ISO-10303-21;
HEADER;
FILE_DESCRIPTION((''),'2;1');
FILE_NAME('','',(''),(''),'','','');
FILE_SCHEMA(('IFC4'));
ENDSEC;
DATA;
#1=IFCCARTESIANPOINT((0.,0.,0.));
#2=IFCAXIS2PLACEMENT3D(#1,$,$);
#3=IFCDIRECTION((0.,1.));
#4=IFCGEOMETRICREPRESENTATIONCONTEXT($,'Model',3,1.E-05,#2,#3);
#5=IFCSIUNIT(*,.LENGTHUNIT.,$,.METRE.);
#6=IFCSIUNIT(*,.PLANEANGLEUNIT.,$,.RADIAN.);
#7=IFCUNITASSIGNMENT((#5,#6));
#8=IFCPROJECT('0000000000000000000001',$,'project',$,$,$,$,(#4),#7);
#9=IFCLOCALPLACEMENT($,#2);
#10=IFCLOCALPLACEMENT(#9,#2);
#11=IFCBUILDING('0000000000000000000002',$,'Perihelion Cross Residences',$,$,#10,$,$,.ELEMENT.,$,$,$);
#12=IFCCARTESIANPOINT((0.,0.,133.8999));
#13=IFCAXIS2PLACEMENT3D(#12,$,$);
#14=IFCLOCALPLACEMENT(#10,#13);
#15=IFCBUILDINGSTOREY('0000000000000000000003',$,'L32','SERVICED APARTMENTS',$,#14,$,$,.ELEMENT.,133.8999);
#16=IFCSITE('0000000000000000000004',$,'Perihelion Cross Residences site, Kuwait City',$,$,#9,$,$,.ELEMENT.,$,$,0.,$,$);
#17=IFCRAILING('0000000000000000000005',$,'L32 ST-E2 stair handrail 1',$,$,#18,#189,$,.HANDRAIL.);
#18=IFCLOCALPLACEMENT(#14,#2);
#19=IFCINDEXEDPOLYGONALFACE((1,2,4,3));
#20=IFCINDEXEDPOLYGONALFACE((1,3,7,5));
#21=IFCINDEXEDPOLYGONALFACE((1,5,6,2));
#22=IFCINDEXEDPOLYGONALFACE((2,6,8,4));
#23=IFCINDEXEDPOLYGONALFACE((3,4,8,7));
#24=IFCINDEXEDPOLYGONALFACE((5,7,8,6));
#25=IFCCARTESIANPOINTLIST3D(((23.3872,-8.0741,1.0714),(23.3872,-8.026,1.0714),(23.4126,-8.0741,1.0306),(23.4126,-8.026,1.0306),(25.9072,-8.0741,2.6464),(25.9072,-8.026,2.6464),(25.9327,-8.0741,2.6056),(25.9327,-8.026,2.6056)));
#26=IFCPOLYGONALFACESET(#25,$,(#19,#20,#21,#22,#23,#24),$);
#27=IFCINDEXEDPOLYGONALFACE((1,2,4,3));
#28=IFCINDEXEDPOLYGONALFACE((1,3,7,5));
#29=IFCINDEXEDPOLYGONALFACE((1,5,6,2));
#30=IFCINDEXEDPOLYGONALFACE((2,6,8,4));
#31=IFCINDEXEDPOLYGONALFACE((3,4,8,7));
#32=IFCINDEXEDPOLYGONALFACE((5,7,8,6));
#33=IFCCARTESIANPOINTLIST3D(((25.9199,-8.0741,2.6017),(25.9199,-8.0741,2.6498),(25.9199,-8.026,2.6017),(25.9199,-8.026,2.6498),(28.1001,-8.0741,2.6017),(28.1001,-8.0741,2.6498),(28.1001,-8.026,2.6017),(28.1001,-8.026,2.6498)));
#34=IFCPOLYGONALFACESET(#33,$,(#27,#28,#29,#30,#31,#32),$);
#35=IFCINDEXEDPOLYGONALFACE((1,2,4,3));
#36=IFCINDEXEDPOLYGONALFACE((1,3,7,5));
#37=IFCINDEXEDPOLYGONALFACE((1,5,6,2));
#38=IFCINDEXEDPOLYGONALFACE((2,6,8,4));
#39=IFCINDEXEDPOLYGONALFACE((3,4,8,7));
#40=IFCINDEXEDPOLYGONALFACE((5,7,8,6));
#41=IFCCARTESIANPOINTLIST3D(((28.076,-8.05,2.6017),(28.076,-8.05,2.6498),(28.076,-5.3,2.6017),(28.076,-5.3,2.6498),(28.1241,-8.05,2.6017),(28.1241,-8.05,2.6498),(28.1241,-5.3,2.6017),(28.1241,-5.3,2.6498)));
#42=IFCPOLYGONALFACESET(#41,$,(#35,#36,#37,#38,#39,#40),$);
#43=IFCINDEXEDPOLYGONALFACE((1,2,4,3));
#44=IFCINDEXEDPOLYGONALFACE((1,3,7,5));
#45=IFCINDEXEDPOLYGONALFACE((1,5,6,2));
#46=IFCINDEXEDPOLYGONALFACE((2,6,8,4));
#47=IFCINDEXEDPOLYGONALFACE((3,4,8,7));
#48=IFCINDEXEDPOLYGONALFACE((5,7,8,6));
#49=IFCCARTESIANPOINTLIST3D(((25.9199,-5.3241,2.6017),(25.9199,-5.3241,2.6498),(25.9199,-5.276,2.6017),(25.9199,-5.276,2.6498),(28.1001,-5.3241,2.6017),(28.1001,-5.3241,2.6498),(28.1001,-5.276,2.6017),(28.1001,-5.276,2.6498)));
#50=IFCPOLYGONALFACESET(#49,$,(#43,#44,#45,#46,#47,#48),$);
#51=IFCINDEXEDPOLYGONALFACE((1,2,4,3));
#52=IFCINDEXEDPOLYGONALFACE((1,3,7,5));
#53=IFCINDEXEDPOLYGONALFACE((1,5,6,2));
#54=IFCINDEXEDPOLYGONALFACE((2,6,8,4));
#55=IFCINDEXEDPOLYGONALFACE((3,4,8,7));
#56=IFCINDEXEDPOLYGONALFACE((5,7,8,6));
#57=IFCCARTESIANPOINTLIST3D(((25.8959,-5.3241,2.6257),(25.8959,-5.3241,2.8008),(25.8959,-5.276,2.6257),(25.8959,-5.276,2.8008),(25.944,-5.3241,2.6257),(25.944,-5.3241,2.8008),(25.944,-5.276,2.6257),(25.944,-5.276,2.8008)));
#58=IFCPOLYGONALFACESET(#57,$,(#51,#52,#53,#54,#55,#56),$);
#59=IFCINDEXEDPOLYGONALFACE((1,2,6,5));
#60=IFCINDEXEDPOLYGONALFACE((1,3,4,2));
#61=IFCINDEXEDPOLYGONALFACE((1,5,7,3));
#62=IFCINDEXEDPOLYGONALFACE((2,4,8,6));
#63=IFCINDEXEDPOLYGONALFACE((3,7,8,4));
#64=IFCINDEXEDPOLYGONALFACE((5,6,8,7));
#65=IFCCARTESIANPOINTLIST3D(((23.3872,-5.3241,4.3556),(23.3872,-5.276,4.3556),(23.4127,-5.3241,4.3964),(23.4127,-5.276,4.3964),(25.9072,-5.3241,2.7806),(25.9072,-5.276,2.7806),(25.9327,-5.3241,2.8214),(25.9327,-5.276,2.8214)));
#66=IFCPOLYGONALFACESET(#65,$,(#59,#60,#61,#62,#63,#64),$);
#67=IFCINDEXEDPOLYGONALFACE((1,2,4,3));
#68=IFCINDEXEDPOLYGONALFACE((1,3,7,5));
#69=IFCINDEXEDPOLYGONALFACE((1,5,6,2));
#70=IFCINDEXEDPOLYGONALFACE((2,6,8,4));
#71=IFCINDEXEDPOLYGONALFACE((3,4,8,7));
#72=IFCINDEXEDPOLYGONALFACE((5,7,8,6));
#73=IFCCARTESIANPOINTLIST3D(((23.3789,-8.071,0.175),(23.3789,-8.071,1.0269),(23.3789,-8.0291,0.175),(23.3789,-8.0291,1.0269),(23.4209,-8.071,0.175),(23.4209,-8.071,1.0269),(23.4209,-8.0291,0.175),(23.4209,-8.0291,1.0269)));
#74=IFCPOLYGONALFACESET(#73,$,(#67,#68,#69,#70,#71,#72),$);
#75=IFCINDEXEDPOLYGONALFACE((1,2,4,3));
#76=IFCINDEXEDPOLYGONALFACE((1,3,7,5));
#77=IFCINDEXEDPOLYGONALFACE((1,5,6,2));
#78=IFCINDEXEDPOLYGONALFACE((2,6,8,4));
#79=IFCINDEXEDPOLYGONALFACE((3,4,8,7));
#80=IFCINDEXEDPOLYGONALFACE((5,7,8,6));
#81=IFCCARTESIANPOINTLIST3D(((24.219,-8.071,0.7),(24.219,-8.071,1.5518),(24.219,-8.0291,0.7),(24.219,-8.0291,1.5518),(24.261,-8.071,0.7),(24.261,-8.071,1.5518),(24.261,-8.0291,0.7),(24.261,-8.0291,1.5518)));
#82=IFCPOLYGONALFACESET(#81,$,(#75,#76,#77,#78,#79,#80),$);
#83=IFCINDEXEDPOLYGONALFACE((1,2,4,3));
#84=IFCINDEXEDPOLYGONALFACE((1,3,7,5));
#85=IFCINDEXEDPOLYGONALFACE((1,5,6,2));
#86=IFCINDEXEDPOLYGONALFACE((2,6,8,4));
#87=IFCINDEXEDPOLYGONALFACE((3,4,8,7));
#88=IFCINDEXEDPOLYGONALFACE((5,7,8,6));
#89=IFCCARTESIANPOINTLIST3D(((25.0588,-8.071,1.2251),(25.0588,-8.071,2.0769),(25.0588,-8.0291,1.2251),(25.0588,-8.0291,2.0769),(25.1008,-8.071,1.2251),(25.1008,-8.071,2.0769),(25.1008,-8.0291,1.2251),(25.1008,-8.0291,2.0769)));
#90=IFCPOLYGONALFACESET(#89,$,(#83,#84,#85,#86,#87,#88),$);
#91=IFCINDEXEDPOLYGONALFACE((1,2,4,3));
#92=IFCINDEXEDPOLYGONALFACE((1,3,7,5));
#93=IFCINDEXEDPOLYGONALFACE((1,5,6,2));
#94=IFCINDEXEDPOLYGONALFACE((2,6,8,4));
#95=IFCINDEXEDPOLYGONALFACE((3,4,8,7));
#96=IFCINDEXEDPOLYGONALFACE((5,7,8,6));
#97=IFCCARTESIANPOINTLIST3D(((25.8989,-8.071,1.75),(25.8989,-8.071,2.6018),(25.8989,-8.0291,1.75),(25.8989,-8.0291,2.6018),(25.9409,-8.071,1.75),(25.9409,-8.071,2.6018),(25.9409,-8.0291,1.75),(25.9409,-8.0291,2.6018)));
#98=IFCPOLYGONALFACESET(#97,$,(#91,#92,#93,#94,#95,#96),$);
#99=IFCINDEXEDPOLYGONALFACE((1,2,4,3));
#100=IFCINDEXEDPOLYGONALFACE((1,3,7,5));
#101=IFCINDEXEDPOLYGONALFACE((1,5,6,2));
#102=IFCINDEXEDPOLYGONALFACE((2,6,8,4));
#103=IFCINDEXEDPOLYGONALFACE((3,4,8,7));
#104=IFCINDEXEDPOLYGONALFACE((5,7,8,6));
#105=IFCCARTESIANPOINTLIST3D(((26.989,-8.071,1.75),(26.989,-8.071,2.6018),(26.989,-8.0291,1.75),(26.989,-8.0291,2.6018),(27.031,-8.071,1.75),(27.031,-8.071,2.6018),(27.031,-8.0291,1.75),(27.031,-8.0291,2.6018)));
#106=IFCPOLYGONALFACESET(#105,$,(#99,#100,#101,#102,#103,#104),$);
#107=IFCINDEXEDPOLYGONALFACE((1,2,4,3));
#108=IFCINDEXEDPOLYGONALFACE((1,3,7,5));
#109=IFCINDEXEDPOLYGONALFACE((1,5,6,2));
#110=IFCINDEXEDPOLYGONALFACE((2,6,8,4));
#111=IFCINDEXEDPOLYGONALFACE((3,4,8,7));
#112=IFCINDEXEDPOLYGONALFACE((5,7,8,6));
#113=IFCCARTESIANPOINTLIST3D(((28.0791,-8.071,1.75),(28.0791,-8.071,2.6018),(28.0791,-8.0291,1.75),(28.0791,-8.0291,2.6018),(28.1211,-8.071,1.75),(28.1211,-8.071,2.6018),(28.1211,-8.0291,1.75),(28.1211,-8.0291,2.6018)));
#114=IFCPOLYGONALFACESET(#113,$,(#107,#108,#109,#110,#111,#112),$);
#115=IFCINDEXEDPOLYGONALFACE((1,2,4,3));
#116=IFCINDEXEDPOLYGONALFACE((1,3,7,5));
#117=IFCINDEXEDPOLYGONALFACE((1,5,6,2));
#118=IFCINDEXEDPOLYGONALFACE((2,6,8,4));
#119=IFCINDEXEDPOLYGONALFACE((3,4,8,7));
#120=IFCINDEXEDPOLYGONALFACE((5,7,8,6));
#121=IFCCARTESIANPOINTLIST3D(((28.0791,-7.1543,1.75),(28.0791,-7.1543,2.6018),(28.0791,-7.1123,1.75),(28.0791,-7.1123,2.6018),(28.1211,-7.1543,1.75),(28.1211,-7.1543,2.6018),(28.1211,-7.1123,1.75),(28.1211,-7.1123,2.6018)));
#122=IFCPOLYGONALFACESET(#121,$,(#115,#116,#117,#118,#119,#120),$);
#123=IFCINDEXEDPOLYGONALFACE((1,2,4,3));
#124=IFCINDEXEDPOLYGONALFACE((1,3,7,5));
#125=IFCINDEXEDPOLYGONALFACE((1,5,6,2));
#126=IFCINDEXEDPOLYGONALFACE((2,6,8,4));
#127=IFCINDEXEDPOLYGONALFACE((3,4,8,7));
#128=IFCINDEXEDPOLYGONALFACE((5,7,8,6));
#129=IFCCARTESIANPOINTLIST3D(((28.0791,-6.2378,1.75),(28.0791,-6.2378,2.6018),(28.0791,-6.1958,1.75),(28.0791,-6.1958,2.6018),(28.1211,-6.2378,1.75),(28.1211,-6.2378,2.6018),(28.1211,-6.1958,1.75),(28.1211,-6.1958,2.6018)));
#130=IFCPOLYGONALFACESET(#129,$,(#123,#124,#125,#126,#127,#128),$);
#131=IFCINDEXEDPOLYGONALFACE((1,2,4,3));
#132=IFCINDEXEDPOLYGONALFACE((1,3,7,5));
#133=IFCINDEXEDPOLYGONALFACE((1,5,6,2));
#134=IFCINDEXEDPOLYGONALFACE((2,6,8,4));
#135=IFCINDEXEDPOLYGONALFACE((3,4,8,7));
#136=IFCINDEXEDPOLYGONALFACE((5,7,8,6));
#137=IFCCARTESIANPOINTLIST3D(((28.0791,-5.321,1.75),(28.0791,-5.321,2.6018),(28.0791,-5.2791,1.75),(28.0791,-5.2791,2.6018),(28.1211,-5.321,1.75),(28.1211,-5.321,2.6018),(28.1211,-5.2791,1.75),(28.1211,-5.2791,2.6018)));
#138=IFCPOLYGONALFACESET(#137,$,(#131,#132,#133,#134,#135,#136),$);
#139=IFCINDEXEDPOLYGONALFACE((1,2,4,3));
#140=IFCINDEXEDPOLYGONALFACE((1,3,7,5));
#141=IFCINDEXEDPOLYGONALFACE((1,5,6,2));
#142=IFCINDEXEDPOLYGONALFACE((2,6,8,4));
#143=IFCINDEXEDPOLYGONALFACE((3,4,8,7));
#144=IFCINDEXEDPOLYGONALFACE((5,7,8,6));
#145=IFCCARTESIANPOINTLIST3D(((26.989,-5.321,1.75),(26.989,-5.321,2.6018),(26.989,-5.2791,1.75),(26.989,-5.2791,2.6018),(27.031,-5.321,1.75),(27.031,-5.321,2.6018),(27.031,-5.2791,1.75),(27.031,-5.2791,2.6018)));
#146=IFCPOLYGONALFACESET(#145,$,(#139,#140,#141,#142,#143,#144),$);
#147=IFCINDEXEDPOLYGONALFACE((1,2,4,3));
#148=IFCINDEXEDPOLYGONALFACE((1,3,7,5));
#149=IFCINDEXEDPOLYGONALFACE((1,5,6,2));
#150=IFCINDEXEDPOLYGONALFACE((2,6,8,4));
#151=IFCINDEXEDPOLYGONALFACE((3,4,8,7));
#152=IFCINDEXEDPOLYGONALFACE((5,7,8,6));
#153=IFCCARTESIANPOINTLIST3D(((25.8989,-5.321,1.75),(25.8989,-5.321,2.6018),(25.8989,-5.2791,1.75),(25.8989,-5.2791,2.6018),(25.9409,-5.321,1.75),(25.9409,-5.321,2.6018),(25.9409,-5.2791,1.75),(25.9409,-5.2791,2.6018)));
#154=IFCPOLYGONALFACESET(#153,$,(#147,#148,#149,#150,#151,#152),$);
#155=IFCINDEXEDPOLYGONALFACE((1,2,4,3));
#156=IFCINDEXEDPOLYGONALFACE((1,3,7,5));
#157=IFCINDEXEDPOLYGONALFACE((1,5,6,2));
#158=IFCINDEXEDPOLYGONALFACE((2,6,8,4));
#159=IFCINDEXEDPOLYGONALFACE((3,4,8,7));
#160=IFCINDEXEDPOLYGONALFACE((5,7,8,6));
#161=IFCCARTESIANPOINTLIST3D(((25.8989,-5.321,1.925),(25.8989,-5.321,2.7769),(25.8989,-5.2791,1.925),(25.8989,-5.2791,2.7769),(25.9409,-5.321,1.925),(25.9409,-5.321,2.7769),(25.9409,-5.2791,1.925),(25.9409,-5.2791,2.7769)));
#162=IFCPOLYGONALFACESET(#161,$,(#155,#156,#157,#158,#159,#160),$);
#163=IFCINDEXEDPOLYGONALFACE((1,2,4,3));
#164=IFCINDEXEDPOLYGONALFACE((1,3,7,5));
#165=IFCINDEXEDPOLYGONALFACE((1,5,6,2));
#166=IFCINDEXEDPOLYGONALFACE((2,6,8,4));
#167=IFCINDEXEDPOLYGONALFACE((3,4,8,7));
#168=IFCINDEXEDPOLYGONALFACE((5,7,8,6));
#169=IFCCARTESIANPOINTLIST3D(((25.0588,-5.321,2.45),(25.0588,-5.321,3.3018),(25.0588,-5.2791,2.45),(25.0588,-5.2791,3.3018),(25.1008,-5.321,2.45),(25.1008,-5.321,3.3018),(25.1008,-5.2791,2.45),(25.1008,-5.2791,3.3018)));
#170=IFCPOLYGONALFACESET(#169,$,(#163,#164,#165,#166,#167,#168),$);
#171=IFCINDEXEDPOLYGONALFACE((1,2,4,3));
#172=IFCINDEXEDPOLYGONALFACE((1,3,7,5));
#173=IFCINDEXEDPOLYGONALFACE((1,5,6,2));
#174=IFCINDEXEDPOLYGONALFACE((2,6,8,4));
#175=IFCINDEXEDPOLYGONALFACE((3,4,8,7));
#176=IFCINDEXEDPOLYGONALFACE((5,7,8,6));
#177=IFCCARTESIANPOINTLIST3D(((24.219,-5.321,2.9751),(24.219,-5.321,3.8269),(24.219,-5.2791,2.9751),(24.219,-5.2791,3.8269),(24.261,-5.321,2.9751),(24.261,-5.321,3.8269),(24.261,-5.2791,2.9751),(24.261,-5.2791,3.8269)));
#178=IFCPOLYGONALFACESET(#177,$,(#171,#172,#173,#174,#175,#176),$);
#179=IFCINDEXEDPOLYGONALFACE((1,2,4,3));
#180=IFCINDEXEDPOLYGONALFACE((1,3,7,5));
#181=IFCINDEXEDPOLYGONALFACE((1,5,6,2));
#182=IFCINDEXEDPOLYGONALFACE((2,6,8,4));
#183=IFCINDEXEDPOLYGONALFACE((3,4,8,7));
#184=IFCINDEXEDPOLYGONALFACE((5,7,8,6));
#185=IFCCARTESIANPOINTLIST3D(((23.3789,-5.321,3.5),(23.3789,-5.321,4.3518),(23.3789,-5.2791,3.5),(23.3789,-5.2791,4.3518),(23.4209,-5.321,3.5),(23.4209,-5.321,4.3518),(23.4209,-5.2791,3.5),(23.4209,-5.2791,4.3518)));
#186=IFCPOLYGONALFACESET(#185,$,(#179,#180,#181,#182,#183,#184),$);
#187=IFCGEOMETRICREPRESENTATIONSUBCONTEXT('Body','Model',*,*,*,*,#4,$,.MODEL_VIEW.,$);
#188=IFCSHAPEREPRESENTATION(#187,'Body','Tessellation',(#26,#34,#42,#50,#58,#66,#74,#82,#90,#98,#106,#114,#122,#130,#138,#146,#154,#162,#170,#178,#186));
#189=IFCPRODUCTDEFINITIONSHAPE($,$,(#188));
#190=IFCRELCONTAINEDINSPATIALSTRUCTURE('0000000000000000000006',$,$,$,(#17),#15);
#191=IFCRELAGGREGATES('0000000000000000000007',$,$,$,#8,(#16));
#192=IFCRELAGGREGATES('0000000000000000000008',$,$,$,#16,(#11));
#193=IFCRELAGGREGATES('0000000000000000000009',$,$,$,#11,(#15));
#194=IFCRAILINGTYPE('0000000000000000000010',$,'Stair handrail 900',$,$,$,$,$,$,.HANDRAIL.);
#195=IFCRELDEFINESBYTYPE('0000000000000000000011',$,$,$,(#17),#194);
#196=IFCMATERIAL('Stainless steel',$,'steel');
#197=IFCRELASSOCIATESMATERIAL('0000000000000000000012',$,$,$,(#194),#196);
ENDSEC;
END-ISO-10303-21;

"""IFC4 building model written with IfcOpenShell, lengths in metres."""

from ifc_helpers import new_model, si_unit, direction, frame, origin, origin_2d, place, context, subcontext, project, spatial, rectangle, extrude, material, type_object, element, save


model = new_model("IFC4")

# Units and contexts
model_context = context("Model", 3, precision=1e-05, world=origin(), true_north=direction((0.0, 1.0)))
body_context = subcontext(model_context, "Body", "Model", "MODEL_VIEW")
ifc_project = project(units=[si_unit("LENGTHUNIT", "METRE"), si_unit("PLANEANGLEUNIT", "RADIAN")], contexts=[model_context])

# Site, building, storey
site_placement = place(None, origin())
site = spatial("IfcSite", under=ifc_project, at=site_placement, Name="Perihelion Cross Residences site, Kuwait City", CompositionType="ELEMENT", RefElevation=0.0)
building_placement = place(site_placement, origin())
building = spatial("IfcBuilding", under=site, at=building_placement, Name="Perihelion Cross Residences", CompositionType="ELEMENT")
storey_placement = place(building_placement, frame((0.0, 0.0, 133.8999)))
storey = spatial("IfcBuildingStorey", under=building, at=storey_placement, Name="L32", Description="SERVICED APARTMENTS", CompositionType="ELEMENT", Elevation=133.8999)

# Railing
ifc_material_1 = material(Name="Stainless steel", Category="steel")
railing_type_1 = type_object("IfcRailingType", Name="Stair handrail 900", PredefinedType="HANDRAIL", material=ifc_material_1)
railing_1_placement = place(storey_placement, frame((23.3999, -8.05, 0.175)))
element("IfcRailing", 1, at=railing_1_placement, inside=storey, type_object=railing_type_1, Name="L32 ST-E2 stair handrail 1", PredefinedType="HANDRAIL", context=body_context, shape_type="SweptSolid", body=[
    extrude(rectangle(XDim=0.0481, YDim=0.0481, at=origin_2d()), frame((0.0, 0.0, 0.876), z_axis=(0.848008, 0.0, 0.529984), x_axis=(0.0, 1.0, 0.0)), (0.0, 0.0, 1.0), 2.9717),
    extrude(rectangle(XDim=0.0481, YDim=0.0481, at=origin_2d()), frame((2.52, 0.0, 2.4507), z_axis=(1.0, 0.0, 0.0), x_axis=(0.0, 1.0, 0.0)), (0.0, 0.0, 1.0), 2.1802),
    extrude(rectangle(XDim=0.0481, YDim=0.0481, at=origin_2d()), frame((4.7002, 0.0, 2.4507), z_axis=(0.0, 1.0, 0.0), x_axis=(-1.0, 0.0, 0.0)), (0.0, 0.0, 1.0), 2.75),
    extrude(rectangle(XDim=0.0481, YDim=0.0481, at=origin_2d()), frame((4.7002, 2.75, 2.4507), z_axis=(-1.0, 0.0, 0.0), x_axis=(0.0, -1.0, 0.0)), (0.0, 0.0, 1.0), 2.1802),
    extrude(rectangle(XDim=0.0481, YDim=0.0481, at=origin_2d()), frame((2.52, 2.75, 2.4507), z_axis=(0.0, 0.0, 1.0), x_axis=(1.0, 0.0, 0.0)), (0.0, 0.0, 1.0), 0.175),
    extrude(rectangle(XDim=0.0481, YDim=0.0481, at=origin_2d()), frame((2.52, 2.75, 2.626), z_axis=(-0.848008, 0.0, 0.529984), x_axis=(0.0, -1.0, 0.0)), (0.0, 0.0, 1.0), 2.9717),
    extrude(rectangle(XDim=0.042, YDim=0.042, at=origin_2d()), origin(), (0.0, 0.0, 1.0), 0.8518),
    extrude(rectangle(XDim=0.042, YDim=0.042, at=origin_2d()), frame((0.8401, 0.0, 0.5249)), (0.0, 0.0, 1.0), 0.8518),
    extrude(rectangle(XDim=0.042, YDim=0.042, at=origin_2d()), frame((1.6799, 0.0, 1.05)), (0.0, 0.0, 1.0), 0.8518),
    extrude(rectangle(XDim=0.042, YDim=0.042, at=origin_2d()), frame((2.52, 0.0, 1.575)), (0.0, 0.0, 1.0), 0.8518),
    extrude(rectangle(XDim=0.042, YDim=0.042, at=origin_2d()), frame((3.6101, 0.0, 1.575)), (0.0, 0.0, 1.0), 0.8518),
    extrude(rectangle(XDim=0.042, YDim=0.042, at=origin_2d()), frame((4.7002, 0.0, 1.575)), (0.0, 0.0, 1.0), 0.8518),
    extrude(rectangle(XDim=0.042, YDim=0.042, at=origin_2d()), frame((4.7002, 0.9167, 1.575)), (0.0, 0.0, 1.0), 0.8518),
    extrude(rectangle(XDim=0.042, YDim=0.042, at=origin_2d()), frame((4.7002, 1.8333, 1.575)), (0.0, 0.0, 1.0), 0.8518),
    extrude(rectangle(XDim=0.042, YDim=0.042, at=origin_2d()), frame((4.7002, 2.75, 1.575)), (0.0, 0.0, 1.0), 0.8518),
    extrude(rectangle(XDim=0.042, YDim=0.042, at=origin_2d()), frame((3.6101, 2.75, 1.575)), (0.0, 0.0, 1.0), 0.8518),
    extrude(rectangle(XDim=0.042, YDim=0.042, at=origin_2d()), frame((2.52, 2.75, 1.575)), (0.0, 0.0, 1.0), 0.8518),
    extrude(rectangle(XDim=0.042, YDim=0.042, at=origin_2d()), frame((2.52, 2.75, 1.75)), (0.0, 0.0, 1.0), 0.8518),
    extrude(rectangle(XDim=0.042, YDim=0.042, at=origin_2d()), frame((1.6799, 2.75, 2.2749)), (0.0, 0.0, 1.0), 0.8518),
    extrude(rectangle(XDim=0.042, YDim=0.042, at=origin_2d()), frame((0.8401, 2.75, 2.8)), (0.0, 0.0, 1.0), 0.8518),
    extrude(rectangle(XDim=0.042, YDim=0.042, at=origin_2d()), frame((0.0, 2.75, 3.325)), (0.0, 0.0, 1.0), 0.8518),
])

save(model, "model.ifc")
